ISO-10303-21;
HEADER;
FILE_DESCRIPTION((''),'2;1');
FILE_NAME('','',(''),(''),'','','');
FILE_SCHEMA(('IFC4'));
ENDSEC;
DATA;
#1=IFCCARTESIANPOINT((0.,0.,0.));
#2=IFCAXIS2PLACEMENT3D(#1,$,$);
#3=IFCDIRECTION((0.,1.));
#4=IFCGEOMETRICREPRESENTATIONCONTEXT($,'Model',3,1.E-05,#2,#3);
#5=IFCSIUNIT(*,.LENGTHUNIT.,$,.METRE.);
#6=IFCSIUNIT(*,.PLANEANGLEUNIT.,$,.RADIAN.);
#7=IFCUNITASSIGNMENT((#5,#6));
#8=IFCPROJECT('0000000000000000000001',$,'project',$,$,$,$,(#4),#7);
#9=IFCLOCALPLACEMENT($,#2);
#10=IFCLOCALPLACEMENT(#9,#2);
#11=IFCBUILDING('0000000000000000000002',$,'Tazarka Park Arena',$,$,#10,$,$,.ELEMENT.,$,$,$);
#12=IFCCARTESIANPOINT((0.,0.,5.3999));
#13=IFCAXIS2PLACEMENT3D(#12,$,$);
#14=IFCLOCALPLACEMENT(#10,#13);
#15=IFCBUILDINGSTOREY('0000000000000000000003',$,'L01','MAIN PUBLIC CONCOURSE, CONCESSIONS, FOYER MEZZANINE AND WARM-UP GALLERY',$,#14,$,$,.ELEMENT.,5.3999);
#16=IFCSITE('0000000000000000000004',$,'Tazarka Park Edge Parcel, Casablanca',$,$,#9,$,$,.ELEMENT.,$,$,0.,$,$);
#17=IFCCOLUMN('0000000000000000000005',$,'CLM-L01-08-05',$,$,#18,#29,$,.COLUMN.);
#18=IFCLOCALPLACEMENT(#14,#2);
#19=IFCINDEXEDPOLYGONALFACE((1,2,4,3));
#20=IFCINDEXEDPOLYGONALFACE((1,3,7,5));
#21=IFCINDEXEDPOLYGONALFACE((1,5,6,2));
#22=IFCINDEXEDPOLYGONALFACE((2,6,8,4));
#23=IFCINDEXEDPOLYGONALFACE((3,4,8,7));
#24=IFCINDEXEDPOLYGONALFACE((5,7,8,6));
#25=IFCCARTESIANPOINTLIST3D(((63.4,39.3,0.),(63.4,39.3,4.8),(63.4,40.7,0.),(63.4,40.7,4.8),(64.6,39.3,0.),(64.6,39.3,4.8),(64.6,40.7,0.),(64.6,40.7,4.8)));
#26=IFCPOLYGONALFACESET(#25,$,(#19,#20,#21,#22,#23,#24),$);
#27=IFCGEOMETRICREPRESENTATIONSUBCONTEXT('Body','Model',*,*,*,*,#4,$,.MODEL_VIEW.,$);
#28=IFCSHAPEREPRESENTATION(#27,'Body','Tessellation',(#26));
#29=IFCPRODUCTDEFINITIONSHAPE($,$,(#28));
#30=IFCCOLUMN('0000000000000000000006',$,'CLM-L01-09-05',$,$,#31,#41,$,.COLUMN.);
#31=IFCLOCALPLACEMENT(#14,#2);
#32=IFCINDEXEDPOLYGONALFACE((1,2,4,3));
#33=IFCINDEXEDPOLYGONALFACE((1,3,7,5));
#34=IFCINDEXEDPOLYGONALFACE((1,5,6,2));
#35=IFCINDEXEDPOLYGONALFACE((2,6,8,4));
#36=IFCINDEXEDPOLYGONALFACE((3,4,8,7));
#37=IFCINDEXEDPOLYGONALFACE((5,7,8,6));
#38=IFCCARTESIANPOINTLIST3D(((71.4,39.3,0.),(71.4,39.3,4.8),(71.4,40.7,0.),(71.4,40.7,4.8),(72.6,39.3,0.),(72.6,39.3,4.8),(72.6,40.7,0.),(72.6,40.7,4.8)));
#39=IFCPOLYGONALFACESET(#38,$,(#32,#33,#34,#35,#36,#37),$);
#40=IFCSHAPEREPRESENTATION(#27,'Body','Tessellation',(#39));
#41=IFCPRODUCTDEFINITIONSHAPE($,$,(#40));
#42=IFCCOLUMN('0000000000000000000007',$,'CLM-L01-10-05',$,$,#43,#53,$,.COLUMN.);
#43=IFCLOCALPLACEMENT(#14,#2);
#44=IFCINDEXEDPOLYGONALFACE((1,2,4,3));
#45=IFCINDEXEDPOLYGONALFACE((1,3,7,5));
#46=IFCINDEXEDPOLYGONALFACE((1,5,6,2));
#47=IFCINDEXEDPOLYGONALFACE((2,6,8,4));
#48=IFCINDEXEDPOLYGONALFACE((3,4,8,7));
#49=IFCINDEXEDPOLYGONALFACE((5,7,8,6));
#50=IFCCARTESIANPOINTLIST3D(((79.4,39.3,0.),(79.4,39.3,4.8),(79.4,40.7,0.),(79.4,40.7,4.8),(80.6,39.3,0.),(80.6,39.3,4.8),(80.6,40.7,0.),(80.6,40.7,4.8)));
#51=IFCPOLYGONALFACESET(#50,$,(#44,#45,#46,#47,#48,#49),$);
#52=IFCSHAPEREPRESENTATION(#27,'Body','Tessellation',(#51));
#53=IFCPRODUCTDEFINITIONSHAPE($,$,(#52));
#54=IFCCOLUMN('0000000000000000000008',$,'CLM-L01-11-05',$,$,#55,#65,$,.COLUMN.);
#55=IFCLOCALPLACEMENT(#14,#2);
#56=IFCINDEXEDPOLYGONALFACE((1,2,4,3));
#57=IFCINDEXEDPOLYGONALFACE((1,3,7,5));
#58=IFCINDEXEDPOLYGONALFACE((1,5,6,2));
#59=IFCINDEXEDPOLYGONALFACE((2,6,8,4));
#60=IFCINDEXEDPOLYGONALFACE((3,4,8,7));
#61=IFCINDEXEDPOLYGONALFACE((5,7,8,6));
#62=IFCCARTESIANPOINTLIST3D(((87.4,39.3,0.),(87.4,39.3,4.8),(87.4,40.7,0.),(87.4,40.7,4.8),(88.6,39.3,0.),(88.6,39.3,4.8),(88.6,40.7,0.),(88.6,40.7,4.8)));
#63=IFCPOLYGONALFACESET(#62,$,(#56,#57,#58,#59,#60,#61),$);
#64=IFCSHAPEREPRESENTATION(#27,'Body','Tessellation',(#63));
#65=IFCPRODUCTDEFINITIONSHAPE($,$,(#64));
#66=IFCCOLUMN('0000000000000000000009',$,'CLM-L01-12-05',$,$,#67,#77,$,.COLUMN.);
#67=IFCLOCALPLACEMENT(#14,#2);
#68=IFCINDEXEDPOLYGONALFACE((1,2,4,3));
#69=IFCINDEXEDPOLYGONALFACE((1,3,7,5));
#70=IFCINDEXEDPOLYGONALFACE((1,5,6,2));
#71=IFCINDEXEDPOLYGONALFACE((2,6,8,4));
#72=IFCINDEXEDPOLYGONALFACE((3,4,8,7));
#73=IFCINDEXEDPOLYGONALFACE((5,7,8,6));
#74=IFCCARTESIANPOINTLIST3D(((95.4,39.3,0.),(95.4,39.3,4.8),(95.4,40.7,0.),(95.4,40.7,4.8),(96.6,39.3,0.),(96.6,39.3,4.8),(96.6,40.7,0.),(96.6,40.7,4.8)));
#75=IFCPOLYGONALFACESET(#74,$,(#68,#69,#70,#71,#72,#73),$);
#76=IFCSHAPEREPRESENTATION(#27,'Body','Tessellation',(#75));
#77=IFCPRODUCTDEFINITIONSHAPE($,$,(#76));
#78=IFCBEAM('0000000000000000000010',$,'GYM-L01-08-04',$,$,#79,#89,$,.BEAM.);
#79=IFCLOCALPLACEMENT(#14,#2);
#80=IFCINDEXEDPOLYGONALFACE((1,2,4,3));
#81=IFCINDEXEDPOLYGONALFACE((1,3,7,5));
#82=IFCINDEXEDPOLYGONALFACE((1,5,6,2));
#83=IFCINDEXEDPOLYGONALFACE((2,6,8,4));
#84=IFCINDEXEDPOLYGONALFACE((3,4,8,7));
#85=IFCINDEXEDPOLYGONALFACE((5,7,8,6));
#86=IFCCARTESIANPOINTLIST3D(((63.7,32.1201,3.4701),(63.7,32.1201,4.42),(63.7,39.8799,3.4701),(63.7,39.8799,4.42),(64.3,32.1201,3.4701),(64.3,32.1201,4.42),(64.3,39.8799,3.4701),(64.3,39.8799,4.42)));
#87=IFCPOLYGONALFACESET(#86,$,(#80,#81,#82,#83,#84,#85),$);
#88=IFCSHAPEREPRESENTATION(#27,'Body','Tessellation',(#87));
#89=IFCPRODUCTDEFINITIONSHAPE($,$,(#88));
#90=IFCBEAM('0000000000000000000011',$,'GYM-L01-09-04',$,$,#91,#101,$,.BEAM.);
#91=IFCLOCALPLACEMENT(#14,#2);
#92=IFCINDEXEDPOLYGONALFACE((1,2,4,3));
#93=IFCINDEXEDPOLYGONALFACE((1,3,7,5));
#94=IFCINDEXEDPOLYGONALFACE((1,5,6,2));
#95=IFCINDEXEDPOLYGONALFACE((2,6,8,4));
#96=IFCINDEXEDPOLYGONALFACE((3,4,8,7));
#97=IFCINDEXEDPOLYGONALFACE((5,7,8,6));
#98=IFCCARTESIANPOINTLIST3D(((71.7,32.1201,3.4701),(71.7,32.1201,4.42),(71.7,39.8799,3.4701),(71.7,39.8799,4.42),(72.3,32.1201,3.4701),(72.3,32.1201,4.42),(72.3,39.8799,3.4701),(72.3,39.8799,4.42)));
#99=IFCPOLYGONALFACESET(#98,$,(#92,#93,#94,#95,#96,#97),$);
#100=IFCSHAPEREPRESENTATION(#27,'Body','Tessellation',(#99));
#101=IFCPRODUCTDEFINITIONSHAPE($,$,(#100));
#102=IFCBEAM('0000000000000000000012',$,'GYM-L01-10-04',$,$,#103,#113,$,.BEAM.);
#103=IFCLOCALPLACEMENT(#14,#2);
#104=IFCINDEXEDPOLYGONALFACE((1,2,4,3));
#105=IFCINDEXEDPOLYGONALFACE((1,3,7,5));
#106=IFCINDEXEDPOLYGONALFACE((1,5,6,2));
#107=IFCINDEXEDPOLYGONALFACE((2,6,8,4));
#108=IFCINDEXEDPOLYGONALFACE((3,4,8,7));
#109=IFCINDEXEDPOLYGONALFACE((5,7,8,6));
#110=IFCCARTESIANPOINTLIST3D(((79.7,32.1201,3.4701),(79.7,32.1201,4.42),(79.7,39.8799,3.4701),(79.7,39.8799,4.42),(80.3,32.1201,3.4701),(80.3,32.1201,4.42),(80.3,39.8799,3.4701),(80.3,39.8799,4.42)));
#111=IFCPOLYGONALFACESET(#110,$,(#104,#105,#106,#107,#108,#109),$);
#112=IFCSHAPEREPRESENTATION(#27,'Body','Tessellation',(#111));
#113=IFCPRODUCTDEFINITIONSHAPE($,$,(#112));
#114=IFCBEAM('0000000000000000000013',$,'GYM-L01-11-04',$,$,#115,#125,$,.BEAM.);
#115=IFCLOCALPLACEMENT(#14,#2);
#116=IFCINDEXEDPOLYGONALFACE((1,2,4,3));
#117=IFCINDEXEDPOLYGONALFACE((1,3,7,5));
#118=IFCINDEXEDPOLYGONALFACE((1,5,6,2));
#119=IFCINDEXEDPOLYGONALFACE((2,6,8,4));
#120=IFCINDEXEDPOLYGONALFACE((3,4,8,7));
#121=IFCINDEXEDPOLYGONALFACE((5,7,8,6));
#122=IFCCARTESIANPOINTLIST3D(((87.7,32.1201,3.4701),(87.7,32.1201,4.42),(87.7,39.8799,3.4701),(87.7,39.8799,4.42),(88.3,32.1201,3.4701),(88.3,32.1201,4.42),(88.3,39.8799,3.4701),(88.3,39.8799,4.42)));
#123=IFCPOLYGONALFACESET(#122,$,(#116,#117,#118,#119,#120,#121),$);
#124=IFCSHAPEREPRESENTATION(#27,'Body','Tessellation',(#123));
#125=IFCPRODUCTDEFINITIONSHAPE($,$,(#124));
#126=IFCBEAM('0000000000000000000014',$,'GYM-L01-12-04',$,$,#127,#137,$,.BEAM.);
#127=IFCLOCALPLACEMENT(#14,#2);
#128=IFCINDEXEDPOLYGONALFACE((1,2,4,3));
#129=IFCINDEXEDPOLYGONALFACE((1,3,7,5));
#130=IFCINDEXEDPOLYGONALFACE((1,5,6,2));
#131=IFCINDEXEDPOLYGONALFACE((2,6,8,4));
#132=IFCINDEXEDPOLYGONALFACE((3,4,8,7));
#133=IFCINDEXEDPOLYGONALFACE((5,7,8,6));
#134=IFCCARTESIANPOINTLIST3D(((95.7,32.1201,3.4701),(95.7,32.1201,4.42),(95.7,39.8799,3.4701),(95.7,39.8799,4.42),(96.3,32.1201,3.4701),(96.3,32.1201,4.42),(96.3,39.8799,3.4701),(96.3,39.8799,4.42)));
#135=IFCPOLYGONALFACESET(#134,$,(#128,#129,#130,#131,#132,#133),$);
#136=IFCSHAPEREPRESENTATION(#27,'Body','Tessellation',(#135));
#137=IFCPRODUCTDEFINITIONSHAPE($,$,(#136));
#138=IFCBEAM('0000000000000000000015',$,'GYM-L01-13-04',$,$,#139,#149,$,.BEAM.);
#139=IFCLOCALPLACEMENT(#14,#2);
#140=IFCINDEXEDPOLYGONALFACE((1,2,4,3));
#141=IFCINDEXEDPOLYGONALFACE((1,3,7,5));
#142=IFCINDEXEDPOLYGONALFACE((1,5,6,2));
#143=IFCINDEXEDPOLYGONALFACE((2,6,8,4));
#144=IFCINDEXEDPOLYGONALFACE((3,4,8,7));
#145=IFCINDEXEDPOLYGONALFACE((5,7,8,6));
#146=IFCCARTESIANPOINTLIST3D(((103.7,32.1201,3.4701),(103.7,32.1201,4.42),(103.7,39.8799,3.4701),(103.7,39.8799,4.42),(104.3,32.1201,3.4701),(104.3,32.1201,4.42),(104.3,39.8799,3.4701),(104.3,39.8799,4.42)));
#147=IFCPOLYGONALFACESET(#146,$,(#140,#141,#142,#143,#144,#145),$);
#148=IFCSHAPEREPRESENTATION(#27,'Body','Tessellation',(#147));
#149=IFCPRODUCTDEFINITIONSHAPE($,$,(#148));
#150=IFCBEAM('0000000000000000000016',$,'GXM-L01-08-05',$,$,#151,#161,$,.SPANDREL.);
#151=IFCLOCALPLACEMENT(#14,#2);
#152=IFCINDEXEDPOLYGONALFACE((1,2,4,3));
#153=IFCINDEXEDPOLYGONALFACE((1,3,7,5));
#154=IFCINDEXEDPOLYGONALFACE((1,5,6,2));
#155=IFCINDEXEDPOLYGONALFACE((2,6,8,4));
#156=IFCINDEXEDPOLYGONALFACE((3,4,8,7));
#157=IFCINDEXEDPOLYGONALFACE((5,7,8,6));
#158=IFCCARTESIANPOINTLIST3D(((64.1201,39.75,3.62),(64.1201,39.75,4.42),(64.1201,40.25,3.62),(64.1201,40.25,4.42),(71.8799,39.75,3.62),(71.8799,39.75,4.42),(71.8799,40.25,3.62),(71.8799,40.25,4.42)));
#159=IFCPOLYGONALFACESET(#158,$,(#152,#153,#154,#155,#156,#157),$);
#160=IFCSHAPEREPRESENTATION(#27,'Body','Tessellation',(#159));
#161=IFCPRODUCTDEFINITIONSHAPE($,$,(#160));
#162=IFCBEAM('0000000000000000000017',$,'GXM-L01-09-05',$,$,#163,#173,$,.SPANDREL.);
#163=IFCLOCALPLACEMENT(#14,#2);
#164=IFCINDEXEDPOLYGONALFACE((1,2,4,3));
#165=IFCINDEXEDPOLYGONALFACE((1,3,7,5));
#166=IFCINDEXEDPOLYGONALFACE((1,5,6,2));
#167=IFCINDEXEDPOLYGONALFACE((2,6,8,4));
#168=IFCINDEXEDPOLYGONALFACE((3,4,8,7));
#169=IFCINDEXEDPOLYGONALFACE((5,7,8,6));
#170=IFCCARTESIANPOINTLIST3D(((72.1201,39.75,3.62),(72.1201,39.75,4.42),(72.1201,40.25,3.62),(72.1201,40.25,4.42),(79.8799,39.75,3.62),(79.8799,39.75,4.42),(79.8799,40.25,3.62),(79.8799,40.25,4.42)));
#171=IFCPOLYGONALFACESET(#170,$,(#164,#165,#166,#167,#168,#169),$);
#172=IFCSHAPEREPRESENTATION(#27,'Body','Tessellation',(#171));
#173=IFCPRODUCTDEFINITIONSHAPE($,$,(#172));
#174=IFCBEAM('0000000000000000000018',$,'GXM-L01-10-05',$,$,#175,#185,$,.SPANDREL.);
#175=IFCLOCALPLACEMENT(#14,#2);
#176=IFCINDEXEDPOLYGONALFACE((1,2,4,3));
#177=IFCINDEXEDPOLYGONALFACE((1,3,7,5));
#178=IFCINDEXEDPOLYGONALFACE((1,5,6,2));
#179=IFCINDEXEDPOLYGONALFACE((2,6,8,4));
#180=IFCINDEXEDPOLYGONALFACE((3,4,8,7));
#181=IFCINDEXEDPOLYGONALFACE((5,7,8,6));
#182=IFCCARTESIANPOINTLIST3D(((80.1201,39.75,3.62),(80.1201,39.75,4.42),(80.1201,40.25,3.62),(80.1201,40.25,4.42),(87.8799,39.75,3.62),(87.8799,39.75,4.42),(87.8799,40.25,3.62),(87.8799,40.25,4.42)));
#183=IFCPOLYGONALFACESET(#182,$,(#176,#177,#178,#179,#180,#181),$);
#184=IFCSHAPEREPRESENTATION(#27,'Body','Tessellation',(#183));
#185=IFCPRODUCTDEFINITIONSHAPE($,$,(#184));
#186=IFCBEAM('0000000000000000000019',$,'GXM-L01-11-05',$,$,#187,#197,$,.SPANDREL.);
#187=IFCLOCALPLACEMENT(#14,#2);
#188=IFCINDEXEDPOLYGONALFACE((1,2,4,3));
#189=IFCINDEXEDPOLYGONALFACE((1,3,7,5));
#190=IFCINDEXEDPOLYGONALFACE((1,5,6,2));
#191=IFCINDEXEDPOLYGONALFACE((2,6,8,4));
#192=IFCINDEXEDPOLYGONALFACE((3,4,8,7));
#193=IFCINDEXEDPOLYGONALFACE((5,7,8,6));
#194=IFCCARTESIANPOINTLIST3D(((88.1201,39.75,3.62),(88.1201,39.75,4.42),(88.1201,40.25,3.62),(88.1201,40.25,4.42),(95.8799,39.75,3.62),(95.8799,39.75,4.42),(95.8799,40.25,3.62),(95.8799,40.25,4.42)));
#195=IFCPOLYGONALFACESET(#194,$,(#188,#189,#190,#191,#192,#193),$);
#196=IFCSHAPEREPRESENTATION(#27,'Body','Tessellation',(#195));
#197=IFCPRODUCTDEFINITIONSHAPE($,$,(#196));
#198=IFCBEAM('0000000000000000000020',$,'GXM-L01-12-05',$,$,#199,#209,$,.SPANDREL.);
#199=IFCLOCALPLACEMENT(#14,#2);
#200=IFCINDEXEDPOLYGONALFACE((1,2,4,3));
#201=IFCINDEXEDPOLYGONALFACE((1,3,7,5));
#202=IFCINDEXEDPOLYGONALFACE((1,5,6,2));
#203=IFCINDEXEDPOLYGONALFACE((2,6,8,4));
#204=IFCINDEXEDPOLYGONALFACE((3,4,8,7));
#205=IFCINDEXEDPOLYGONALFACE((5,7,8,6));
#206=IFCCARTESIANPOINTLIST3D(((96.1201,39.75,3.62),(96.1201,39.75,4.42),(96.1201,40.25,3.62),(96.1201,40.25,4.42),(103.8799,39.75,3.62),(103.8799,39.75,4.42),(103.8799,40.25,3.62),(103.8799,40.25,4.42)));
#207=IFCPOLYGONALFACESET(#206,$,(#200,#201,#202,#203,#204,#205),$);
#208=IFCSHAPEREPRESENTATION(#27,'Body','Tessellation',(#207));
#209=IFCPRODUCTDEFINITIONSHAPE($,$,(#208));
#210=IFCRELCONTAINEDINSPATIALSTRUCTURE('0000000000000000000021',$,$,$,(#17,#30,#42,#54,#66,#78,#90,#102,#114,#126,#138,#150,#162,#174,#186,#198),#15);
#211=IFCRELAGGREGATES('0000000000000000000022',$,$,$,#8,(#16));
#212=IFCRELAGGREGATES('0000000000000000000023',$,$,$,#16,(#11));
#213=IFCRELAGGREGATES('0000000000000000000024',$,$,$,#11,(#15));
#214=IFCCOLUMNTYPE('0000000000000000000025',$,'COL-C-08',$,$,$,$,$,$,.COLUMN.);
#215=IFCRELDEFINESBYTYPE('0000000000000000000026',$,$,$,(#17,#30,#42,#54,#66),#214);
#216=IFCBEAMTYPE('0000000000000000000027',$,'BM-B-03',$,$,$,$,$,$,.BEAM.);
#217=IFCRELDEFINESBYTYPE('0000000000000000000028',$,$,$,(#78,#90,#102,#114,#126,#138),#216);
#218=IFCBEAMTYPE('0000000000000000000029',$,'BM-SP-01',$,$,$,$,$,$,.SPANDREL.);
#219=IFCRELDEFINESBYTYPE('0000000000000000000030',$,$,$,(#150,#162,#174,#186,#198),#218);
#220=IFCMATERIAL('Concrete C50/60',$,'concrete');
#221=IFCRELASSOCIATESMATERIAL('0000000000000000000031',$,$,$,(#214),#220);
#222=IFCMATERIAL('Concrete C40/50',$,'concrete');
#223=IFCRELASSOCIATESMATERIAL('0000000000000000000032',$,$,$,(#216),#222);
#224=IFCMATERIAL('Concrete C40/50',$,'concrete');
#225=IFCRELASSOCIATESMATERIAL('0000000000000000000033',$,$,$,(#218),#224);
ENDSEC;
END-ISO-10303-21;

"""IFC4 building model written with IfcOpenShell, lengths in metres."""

from ifc_helpers import new_model, si_unit, direction, frame, origin, origin_2d, place, context, subcontext, project, spatial, rectangle, extrude, material, material_profile, profile_set, type_object, element, save


model = new_model("IFC4")

# Units and contexts
model_context = context("Model", 3, precision=1e-05, world=origin(), true_north=direction((0.0, 1.0)))
body_context = subcontext(model_context, "Body", "Model", "MODEL_VIEW")
ifc_project = project(units=[si_unit("LENGTHUNIT", "METRE"), si_unit("PLANEANGLEUNIT", "RADIAN")], contexts=[model_context])

# Site, building, storey
site_placement = place(None, origin())
site = spatial("IfcSite", under=ifc_project, at=site_placement, Name="Tazarka Park Edge Parcel, Casablanca", CompositionType="ELEMENT", RefElevation=0.0)
building_placement = place(site_placement, origin())
building = spatial("IfcBuilding", under=site, at=building_placement, Name="Tazarka Park Arena", CompositionType="ELEMENT")
storey_placement = place(building_placement, frame((0.0, 0.0, 5.3999)))
storey = spatial("IfcBuildingStorey", under=building, at=storey_placement, Name="L01", Description="MAIN PUBLIC CONCOURSE, CONCESSIONS, FOYER MEZZANINE AND WARM-UP GALLERY", CompositionType="ELEMENT", Elevation=5.3999)

# Columns
ifc_material_1 = material(Name="Concrete C50/60", Category="concrete")
ifc_material_profile_1 = material_profile(ifc_material_1, rectangle(XDim=1.2, YDim=1.3999, at=origin_2d()), Name="Concrete C50/60")
ifc_profile_set_1 = profile_set([ifc_material_profile_1], Name="Concrete C50/60")
column_type = type_object("IfcColumnType", Name="COL-C-08", PredefinedType="COLUMN", material=ifc_profile_set_1)
for number, where, z_axis, x_axis, name in (
    (1, (64.0, 40.0, 0.0), (0.0, 0.0, 1.0), (1.0, 0.0, 0.0), "CLM-L01-08-05"),
    (2, (72.0, 40.0, 0.0), (0.0, 0.0, 1.0), (1.0, 0.0, 0.0), "CLM-L01-09-05"),
    (3, (80.0, 40.0, 0.0), (0.0, 0.0, 1.0), (1.0, 0.0, 0.0), "CLM-L01-10-05"),
    (4, (88.0, 40.0, 0.0), (0.0, 0.0, 1.0), (1.0, 0.0, 0.0), "CLM-L01-11-05"),
    (5, (96.0, 40.0, 0.0), (0.0, 0.0, 1.0), (1.0, 0.0, 0.0), "CLM-L01-12-05"),
):
    element("IfcColumn", number, at=place(storey_placement, frame(where, z_axis=z_axis, x_axis=x_axis)), inside=storey, type_object=column_type, Name=name, PredefinedType="COLUMN", context=body_context, shape_type="SweptSolid", body=[
        extrude(rectangle(XDim=1.2, YDim=1.3999, at=origin_2d()), origin(), (0.0, 0.0, 1.0), 4.8),
    ])

# Beams
ifc_material_2 = material(Name="Concrete C40/50", Category="concrete")
ifc_material_profile_2 = material_profile(ifc_material_2, rectangle(XDim=0.6001, YDim=0.95, at=origin_2d()), Name="Concrete C40/50")
ifc_profile_set_2 = profile_set([ifc_material_profile_2], Name="Concrete C40/50")
beam_type_1 = type_object("IfcBeamType", Name="BM-B-03", PredefinedType="BEAM", material=ifc_profile_set_2)
for number, where, z_axis, x_axis, name in (
    (6, (64.0, 32.1201, 3.9451), (0.0, 1.0, 0.0), (-1.0, 0.0, 0.0), "GYM-L01-08-04"),
    (7, (72.0, 32.1201, 3.9451), (0.0, 1.0, 0.0), (-1.0, 0.0, 0.0), "GYM-L01-09-04"),
    (8, (80.0, 32.1201, 3.9451), (0.0, 1.0, 0.0), (-1.0, 0.0, 0.0), "GYM-L01-10-04"),
    (9, (88.0, 32.1201, 3.9451), (0.0, 1.0, 0.0), (-1.0, 0.0, 0.0), "GYM-L01-11-04"),
    (10, (96.0, 32.1201, 3.9451), (0.0, 1.0, 0.0), (-1.0, 0.0, 0.0), "GYM-L01-12-04"),
    (11, (104.0, 32.1201, 3.9451), (0.0, 1.0, 0.0), (-1.0, 0.0, 0.0), "GYM-L01-13-04"),
):
    element("IfcBeam", number, at=place(storey_placement, frame(where, z_axis=z_axis, x_axis=x_axis)), inside=storey, type_object=beam_type_1, Name=name, PredefinedType="BEAM", context=body_context, shape_type="SweptSolid", body=[
        extrude(rectangle(XDim=0.6001, YDim=0.95, at=origin_2d()), origin(), (0.0, 0.0, 1.0), 7.7598),
    ])
ifc_material_3 = material(Name="Concrete C40/50", Category="concrete")
ifc_material_profile_3 = material_profile(ifc_material_3, rectangle(XDim=0.5, YDim=0.8, at=origin_2d()), Name="Concrete C40/50")
ifc_profile_set_3 = profile_set([ifc_material_profile_3], Name="Concrete C40/50")
beam_type_2 = type_object("IfcBeamType", Name="BM-SP-01", PredefinedType="SPANDREL", material=ifc_profile_set_3)
for number, where, z_axis, x_axis, name in (
    (12, (64.1201, 40.0, 4.02), (1.0, 0.0, 0.0), (0.0, 1.0, 0.0), "GXM-L01-08-05"),
    (13, (72.1201, 40.0, 4.02), (1.0, 0.0, 0.0), (0.0, 1.0, 0.0), "GXM-L01-09-05"),
    (14, (80.1201, 40.0, 4.02), (1.0, 0.0, 0.0), (0.0, 1.0, 0.0), "GXM-L01-10-05"),
    (15, (88.1201, 40.0, 4.02), (1.0, 0.0, 0.0), (0.0, 1.0, 0.0), "GXM-L01-11-05"),
    (16, (96.1201, 40.0, 4.02), (1.0, 0.0, 0.0), (0.0, 1.0, 0.0), "GXM-L01-12-05"),
):
    element("IfcBeam", number, at=place(storey_placement, frame(where, z_axis=z_axis, x_axis=x_axis)), inside=storey, type_object=beam_type_2, Name=name, PredefinedType="SPANDREL", context=body_context, shape_type="SweptSolid", body=[
        extrude(rectangle(XDim=0.5, YDim=0.8, at=origin_2d()), origin(), (0.0, 0.0, 1.0), 7.7598),
    ])

save(model, "model.ifc")
